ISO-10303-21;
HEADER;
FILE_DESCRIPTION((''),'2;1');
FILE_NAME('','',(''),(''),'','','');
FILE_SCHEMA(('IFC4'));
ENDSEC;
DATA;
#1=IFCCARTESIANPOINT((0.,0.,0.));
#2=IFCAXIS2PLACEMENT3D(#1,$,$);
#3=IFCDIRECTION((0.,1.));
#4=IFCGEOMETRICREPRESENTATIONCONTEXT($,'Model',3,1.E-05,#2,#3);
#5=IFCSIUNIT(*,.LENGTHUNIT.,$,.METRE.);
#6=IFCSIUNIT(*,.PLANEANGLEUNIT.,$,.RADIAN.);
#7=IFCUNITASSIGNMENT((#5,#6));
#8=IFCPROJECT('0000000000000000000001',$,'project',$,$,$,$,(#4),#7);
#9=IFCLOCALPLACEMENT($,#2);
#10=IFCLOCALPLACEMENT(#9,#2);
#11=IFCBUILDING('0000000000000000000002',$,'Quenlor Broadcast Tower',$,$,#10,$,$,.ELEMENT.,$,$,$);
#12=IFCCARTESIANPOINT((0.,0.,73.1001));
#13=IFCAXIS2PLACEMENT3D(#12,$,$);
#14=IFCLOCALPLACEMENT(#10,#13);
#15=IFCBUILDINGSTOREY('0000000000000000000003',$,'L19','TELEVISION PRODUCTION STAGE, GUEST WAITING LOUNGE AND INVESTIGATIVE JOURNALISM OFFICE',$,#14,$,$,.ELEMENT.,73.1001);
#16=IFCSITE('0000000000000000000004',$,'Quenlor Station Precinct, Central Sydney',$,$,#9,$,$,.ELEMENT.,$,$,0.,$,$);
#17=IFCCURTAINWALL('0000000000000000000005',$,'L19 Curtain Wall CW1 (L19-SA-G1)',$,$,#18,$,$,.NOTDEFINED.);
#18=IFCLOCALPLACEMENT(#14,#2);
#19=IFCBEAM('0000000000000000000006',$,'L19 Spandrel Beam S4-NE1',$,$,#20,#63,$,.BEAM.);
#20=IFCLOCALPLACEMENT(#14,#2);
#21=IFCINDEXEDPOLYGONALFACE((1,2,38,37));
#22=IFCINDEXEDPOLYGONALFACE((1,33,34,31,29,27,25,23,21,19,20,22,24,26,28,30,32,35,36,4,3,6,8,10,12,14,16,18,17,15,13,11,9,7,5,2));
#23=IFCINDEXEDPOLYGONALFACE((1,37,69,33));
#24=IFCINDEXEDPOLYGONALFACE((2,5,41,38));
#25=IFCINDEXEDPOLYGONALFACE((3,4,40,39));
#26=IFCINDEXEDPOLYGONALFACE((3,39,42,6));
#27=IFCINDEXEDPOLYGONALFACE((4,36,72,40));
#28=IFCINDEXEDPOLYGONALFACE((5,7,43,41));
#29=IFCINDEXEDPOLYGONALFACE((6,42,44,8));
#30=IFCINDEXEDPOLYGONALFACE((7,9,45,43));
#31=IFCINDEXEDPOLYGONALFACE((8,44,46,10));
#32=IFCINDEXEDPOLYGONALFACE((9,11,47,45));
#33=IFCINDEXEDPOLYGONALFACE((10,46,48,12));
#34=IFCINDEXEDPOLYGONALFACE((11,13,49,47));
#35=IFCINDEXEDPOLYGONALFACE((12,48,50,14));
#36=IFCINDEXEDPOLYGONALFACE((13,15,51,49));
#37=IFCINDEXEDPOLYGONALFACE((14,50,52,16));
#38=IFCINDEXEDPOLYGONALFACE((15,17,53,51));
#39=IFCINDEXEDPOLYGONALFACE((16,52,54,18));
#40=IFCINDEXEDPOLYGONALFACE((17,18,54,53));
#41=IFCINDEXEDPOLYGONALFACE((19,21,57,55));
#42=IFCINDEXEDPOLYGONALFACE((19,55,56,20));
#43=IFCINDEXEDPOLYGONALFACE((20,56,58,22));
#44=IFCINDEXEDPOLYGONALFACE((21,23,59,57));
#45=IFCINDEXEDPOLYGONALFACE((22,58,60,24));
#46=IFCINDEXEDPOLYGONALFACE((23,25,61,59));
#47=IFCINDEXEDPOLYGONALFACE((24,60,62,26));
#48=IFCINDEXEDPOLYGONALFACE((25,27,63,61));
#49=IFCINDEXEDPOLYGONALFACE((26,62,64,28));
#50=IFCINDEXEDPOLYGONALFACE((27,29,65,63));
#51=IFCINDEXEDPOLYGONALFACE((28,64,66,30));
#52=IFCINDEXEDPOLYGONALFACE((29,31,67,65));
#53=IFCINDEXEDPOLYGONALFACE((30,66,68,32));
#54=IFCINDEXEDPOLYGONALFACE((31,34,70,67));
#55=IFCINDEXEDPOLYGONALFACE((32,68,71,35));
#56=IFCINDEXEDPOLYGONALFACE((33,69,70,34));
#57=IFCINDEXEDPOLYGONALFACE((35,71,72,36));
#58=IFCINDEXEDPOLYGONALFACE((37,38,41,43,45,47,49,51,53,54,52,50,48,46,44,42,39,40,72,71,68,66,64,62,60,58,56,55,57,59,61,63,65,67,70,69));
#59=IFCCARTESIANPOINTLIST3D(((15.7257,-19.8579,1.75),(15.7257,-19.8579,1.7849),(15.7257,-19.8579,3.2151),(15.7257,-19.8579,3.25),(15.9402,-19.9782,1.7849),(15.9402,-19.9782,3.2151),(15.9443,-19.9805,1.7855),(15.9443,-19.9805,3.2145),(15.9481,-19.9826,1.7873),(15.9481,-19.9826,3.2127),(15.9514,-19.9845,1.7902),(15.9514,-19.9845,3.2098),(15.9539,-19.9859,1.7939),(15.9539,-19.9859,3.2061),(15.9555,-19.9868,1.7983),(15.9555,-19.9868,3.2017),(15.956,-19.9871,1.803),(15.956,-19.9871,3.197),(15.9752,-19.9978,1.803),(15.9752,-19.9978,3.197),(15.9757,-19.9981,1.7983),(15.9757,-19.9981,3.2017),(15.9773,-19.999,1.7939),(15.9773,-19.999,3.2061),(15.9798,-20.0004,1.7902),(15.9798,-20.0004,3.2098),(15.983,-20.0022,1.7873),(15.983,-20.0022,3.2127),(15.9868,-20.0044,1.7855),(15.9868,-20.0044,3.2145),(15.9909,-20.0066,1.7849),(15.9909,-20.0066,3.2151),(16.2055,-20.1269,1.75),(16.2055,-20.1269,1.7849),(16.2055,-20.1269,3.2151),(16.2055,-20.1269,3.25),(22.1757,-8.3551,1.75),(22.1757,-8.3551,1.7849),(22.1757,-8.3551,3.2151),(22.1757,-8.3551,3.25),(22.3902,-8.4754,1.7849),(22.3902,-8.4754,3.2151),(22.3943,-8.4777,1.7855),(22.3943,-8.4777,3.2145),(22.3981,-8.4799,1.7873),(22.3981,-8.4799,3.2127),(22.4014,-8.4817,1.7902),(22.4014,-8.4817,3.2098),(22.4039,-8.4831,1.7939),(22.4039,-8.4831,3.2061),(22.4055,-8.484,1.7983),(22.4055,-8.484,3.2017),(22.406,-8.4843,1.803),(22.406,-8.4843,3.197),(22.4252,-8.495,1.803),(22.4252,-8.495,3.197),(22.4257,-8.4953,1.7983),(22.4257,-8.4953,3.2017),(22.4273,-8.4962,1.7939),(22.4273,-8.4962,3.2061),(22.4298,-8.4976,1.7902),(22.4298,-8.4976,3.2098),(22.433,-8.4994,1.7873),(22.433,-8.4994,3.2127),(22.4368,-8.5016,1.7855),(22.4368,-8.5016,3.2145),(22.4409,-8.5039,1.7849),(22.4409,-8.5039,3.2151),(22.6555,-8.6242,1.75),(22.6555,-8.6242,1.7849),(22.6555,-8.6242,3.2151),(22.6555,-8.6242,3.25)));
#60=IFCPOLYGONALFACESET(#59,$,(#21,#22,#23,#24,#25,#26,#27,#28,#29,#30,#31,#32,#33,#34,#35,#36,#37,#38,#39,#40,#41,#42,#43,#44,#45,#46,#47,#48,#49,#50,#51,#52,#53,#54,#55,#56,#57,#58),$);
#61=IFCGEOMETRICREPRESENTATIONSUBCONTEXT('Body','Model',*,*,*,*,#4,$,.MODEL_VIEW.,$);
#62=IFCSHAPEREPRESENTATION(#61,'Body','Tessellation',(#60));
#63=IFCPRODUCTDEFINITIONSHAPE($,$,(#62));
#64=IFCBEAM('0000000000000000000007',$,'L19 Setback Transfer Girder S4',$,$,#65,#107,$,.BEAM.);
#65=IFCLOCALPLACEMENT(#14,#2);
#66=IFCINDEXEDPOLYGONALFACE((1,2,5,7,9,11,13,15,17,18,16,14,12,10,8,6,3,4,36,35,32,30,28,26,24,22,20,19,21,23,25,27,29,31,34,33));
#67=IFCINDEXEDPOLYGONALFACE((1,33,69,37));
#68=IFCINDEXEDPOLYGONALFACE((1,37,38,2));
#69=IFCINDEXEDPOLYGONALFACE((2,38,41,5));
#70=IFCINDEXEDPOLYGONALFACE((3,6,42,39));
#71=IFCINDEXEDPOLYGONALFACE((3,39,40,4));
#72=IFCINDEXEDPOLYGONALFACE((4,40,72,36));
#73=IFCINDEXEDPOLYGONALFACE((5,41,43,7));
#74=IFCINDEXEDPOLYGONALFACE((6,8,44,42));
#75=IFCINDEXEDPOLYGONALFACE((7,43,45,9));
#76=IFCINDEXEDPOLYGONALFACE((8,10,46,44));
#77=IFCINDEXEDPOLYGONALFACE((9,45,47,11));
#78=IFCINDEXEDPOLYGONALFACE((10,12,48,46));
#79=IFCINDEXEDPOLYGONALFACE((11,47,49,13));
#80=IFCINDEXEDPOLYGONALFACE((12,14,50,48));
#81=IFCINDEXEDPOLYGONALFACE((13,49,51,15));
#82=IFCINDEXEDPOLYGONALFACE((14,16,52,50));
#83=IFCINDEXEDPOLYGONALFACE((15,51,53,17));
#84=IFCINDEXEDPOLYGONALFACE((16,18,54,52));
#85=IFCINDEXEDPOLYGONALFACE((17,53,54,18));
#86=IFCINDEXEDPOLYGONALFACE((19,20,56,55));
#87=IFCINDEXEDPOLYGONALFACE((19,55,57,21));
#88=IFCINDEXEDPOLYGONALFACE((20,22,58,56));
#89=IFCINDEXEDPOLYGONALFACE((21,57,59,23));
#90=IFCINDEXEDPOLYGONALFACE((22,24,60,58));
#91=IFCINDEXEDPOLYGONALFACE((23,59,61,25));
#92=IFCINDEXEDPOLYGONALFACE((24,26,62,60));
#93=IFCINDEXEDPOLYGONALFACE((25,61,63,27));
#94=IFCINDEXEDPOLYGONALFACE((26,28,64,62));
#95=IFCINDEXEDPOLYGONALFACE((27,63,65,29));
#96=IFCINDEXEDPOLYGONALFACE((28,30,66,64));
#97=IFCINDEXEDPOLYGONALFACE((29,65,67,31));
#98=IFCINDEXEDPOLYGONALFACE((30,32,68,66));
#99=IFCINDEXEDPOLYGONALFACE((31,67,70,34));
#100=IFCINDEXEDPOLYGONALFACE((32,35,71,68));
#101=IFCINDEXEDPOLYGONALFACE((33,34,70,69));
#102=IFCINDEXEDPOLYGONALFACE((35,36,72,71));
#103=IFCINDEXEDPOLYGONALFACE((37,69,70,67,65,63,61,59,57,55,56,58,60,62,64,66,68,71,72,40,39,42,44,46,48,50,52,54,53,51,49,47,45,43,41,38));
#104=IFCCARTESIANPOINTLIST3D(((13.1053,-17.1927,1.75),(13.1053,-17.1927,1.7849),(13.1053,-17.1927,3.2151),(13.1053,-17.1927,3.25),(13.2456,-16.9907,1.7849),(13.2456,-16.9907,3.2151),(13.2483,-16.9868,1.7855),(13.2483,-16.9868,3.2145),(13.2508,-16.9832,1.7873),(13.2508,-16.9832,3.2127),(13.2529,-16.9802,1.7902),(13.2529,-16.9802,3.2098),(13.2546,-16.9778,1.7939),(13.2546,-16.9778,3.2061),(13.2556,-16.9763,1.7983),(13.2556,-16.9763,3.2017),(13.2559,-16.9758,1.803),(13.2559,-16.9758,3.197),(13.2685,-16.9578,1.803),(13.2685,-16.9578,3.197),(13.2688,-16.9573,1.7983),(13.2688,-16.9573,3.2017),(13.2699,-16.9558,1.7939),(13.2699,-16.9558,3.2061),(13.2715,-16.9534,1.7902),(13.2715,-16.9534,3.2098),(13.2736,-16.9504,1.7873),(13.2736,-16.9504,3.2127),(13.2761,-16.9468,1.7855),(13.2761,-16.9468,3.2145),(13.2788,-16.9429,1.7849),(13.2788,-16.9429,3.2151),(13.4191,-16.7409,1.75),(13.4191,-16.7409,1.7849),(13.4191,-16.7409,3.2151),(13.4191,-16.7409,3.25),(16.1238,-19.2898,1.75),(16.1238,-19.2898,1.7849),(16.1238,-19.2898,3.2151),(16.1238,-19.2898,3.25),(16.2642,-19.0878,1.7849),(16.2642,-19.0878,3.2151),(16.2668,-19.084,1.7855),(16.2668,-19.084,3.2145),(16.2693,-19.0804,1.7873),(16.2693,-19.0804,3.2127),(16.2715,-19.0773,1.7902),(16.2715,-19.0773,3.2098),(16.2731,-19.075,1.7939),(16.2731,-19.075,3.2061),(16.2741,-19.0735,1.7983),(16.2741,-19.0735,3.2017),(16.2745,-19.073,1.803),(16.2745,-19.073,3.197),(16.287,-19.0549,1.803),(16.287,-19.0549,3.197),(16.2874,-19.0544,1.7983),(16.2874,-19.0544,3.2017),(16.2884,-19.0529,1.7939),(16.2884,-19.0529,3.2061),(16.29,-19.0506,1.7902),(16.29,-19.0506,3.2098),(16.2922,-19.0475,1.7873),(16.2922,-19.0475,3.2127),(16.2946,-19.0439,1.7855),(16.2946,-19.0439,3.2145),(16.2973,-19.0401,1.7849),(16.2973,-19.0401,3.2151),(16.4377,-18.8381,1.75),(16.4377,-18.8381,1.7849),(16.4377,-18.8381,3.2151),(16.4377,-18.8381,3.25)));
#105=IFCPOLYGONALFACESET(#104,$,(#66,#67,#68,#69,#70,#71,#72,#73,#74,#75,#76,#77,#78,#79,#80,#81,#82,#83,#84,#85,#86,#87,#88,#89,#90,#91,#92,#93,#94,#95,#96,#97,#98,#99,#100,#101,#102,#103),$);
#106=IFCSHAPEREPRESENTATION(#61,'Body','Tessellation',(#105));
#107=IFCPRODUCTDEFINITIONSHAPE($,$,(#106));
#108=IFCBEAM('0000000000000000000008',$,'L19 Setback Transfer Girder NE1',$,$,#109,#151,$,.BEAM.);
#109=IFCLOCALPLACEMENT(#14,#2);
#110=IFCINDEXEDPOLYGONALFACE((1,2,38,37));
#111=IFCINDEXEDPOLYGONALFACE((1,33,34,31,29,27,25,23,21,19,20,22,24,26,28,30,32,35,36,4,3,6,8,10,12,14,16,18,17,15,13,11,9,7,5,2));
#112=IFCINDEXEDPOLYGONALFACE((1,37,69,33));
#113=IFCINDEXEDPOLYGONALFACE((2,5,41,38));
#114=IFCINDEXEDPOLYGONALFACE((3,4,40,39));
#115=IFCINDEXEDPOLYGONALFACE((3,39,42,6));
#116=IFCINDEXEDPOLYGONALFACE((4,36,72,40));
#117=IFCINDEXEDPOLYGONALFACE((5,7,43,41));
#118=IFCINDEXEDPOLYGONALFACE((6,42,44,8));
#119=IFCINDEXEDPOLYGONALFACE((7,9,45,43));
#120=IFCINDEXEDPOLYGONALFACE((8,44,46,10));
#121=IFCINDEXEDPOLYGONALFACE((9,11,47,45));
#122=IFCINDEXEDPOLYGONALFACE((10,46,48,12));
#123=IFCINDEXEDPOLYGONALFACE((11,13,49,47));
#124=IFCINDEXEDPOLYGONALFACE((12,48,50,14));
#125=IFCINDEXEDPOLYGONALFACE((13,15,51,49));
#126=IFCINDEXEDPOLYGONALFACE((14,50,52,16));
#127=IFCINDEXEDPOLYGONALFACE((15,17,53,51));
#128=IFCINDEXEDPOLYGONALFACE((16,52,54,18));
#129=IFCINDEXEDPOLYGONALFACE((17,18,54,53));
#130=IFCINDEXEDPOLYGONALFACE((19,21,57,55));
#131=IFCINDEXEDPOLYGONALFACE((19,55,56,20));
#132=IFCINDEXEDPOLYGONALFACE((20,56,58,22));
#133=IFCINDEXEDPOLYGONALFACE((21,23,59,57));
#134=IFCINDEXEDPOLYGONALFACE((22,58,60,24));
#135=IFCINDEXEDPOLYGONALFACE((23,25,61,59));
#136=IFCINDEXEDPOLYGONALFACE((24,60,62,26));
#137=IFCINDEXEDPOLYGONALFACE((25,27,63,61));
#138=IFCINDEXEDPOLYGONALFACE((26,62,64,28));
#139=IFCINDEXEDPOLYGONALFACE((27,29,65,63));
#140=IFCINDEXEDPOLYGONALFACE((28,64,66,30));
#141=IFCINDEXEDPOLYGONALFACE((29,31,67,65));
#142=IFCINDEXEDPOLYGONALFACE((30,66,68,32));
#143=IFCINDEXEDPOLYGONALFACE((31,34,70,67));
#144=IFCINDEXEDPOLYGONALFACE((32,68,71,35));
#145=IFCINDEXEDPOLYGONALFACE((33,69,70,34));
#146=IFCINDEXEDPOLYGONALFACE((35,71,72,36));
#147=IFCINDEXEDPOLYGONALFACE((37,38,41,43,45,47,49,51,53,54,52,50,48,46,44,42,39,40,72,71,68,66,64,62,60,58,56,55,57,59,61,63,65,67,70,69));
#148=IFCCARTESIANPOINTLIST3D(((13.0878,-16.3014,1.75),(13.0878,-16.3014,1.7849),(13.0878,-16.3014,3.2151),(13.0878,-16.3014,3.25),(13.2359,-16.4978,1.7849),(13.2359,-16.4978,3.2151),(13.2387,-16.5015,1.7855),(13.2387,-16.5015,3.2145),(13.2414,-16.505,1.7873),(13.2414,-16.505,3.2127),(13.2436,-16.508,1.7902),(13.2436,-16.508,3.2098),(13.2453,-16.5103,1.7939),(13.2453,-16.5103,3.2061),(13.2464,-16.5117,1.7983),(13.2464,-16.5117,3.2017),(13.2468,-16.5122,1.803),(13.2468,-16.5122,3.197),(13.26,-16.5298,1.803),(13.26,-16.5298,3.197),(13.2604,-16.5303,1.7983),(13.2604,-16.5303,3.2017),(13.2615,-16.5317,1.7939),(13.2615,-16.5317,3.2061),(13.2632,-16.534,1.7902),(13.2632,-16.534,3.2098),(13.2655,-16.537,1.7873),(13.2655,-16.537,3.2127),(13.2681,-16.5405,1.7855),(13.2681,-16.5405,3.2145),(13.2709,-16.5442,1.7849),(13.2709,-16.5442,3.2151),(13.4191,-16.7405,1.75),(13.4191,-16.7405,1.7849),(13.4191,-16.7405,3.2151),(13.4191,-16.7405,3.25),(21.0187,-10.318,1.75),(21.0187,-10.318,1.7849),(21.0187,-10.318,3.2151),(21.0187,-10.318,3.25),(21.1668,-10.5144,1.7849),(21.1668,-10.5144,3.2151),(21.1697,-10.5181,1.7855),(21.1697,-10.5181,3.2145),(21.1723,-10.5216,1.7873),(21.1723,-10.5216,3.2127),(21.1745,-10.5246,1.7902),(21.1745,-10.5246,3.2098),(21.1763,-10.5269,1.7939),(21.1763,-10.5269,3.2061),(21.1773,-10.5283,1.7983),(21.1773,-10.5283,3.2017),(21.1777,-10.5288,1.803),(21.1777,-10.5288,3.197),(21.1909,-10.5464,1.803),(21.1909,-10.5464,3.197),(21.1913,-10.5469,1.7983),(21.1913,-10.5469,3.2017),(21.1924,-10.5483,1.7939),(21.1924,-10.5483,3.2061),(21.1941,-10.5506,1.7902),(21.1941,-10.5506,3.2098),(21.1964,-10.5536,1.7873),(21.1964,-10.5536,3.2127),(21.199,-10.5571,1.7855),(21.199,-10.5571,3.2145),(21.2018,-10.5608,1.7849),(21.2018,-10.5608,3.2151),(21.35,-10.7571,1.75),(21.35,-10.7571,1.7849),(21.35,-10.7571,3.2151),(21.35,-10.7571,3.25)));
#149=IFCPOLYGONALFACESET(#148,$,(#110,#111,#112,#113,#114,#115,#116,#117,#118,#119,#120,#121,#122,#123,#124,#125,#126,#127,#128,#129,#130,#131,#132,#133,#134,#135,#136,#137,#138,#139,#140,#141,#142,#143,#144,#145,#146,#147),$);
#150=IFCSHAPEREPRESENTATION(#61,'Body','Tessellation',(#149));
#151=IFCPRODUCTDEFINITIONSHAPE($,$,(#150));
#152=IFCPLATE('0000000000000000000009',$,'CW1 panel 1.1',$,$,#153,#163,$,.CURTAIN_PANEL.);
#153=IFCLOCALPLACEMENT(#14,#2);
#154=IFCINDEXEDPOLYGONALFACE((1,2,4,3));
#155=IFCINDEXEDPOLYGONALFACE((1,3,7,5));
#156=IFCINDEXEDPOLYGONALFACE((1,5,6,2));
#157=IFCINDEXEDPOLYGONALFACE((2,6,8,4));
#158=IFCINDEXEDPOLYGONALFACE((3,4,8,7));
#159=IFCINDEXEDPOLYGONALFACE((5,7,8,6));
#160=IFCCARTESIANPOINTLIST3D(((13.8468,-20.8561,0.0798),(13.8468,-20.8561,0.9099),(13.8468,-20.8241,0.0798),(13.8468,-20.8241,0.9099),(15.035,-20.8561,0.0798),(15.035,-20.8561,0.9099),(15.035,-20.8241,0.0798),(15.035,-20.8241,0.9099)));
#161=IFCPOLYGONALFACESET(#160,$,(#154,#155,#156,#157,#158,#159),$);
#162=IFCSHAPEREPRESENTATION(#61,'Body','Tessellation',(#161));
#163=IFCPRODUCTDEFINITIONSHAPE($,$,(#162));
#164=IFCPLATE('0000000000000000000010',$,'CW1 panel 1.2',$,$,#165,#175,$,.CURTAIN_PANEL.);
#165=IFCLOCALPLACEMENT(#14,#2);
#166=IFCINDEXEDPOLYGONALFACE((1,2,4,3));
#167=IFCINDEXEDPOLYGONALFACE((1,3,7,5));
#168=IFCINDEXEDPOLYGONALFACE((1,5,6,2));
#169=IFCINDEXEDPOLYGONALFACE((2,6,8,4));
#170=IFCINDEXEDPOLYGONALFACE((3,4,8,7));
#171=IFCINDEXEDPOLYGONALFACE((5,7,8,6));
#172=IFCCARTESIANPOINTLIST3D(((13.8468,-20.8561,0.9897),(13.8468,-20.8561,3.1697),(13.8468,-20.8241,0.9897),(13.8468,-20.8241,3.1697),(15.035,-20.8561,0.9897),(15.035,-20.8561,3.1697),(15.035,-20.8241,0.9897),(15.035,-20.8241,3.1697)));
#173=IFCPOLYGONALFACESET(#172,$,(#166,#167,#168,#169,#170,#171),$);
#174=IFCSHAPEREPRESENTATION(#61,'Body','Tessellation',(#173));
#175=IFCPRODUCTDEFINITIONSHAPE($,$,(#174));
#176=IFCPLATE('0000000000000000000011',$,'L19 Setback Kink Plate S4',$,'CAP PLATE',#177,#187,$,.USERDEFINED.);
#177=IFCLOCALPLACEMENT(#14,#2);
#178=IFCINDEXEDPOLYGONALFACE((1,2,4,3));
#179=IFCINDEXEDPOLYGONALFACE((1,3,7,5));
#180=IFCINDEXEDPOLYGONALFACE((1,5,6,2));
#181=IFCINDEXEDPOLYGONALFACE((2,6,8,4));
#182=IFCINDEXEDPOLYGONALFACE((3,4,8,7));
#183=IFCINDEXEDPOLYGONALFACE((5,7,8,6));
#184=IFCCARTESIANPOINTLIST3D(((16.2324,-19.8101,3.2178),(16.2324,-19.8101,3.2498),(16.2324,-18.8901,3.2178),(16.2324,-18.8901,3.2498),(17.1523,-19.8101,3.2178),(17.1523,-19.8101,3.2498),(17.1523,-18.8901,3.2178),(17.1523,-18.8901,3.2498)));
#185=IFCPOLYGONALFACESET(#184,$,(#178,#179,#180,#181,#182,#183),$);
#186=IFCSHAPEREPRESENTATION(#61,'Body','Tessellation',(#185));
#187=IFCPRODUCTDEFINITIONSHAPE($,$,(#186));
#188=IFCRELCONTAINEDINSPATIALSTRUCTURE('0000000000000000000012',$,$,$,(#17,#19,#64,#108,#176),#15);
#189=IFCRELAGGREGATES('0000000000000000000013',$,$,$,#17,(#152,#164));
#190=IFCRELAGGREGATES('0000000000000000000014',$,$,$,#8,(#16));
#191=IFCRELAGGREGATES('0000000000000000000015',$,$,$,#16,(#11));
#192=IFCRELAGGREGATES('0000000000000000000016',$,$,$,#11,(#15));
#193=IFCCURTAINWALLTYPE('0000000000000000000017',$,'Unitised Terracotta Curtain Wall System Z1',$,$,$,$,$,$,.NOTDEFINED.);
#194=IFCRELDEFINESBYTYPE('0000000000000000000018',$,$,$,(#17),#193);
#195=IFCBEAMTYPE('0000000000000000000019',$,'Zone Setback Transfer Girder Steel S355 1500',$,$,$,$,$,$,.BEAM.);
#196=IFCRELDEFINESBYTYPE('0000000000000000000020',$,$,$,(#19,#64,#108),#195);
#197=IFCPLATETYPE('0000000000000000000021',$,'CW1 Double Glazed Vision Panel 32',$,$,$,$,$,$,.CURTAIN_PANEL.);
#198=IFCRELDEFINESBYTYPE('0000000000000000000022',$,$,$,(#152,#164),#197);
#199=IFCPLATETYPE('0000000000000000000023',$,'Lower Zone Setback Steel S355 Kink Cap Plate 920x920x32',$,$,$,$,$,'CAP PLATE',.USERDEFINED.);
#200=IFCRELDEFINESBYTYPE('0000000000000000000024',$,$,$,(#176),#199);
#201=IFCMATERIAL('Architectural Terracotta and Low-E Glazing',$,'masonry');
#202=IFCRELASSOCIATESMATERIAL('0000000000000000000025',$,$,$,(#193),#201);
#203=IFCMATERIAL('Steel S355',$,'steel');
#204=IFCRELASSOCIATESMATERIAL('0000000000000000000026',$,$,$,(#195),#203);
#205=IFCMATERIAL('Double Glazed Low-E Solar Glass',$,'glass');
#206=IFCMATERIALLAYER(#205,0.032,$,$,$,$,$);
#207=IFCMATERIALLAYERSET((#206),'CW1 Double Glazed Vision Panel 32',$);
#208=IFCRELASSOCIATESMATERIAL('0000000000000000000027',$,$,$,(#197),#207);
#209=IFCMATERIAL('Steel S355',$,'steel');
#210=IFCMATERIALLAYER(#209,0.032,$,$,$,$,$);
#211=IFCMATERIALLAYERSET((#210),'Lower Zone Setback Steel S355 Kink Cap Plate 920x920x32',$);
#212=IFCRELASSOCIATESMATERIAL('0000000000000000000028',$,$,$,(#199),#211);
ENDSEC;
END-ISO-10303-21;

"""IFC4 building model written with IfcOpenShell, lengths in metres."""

from ifc_helpers import new_model, si_unit, direction, frame, origin, origin_2d, place, context, subcontext, project, spatial, rectangle, i_section, extrude, material, layer, layer_set, material_profile, profile_set, type_object, element, aggregate, save


model = new_model("IFC4")

# Units and contexts
model_context = context("Model", 3, precision=1e-05, world=origin(), true_north=direction((0.0, 1.0)))
body_context = subcontext(model_context, "Body", "Model", "MODEL_VIEW")
ifc_project = project(units=[si_unit("LENGTHUNIT", "METRE"), si_unit("PLANEANGLEUNIT", "RADIAN")], contexts=[model_context])

# Site, building, storey
site_placement = place(None, origin())
site = spatial("IfcSite", under=ifc_project, at=site_placement, Name="Quenlor Station Precinct, Central Sydney", CompositionType="ELEMENT", RefElevation=0.0)
building_placement = place(site_placement, origin())
building = spatial("IfcBuilding", under=site, at=building_placement, Name="Quenlor Broadcast Tower", CompositionType="ELEMENT")
storey_placement = place(building_placement, frame((0.0, 0.0, 73.1001)))
storey = spatial("IfcBuildingStorey", under=building, at=storey_placement, Name="L19", Description="TELEVISION PRODUCTION STAGE, GUEST WAITING LOUNGE AND INVESTIGATIVE JOURNALISM OFFICE", CompositionType="ELEMENT", Elevation=73.1001)

# Curtain wall
ifc_material_1 = material(Name="Architectural Terracotta and Low-E Glazing", Category="masonry")
curtain_wall_type = type_object("IfcCurtainWallType", Name="Unitised Terracotta Curtain Wall System Z1", PredefinedType="NOTDEFINED", material=ifc_material_1)
curtain_wall_1_placement = place(storey_placement, origin())
curtain_wall_1 = element("IfcCurtainWall", 1, at=curtain_wall_1_placement, inside=storey, type_object=curtain_wall_type, Name="L19 Curtain Wall CW1 (L19-SA-G1)", PredefinedType="NOTDEFINED")

# Beams
ifc_material_2 = material(Name="Steel S355", Category="steel")
ifc_material_profile_1 = material_profile(ifc_material_2, i_section(OverallWidth=0.55, OverallDepth=1.5, WebThickness=0.022, FlangeThickness=0.0349, FilletRadius=0.0181, at=origin_2d()))
ifc_profile_set_1 = profile_set([ifc_material_profile_1], Name="Steel S355 1500TG510")
beam_type_1 = type_object("IfcBeamType", Name="Zone Setback Transfer Girder Steel S355 1500", PredefinedType="BEAM", material=ifc_profile_set_1)
beam_1_placement = place(storey_placement, frame((15.9656, -19.9924, 2.5), z_axis=(0.489091, 0.872233, 0.0), x_axis=(-0.872233, 0.489091, 0.0)))
element("IfcBeam", 2, at=beam_1_placement, inside=storey, type_object=beam_type_1, Name="L19 Spandrel Beam S4-NE1", PredefinedType="BEAM", context=body_context, shape_type="SweptSolid", body=[
    extrude(i_section(OverallWidth=0.55, OverallDepth=1.5, WebThickness=0.022, FlangeThickness=0.0349, FilletRadius=0.0181, at=origin_2d()), origin(), (0.0, 0.0, 1.0), 13.1877),
])
beam_2_placement = place(storey_placement, frame((13.2622, -16.9668, 2.5), z_axis=(0.821249, -0.57057, 0.0), x_axis=(0.57057, 0.821249, 0.0)))
element("IfcBeam", 3, at=beam_2_placement, inside=storey, type_object=beam_type_1, Name="L19 Setback Transfer Girder S4", PredefinedType="BEAM", context=body_context, shape_type="SweptSolid", body=[
    extrude(i_section(OverallWidth=0.55, OverallDepth=1.5, WebThickness=0.022, FlangeThickness=0.0349, FilletRadius=0.0181, at=origin_2d()), origin(), (0.0, 0.0, 1.0), 3.6755),
])
beam_3_placement = place(storey_placement, frame((13.2534, -16.521, 2.5), z_axis=(0.798295, 0.602266, 0.0), x_axis=(-0.602266, 0.798295, 0.0)))
element("IfcBeam", 4, at=beam_3_placement, inside=storey, type_object=beam_type_1, Name="L19 Setback Transfer Girder NE1", PredefinedType="BEAM", context=body_context, shape_type="SweptSolid", body=[
    extrude(i_section(OverallWidth=0.55, OverallDepth=1.5, WebThickness=0.022, FlangeThickness=0.0349, FilletRadius=0.0181, at=origin_2d()), origin(), (0.0, 0.0, 1.0), 9.9348),
])

# Plates
ifc_material_3 = material(Name="Double Glazed Low-E Solar Glass", Category="glass")
ifc_layer_1 = layer(ifc_material_3, 0.032)
ifc_layer_set_1 = layer_set([ifc_layer_1], Name="CW1 Double Glazed Vision Panel 32")
plate_type_1 = type_object("IfcPlateType", Name="CW1 Double Glazed Vision Panel 32", PredefinedType="CURTAIN_PANEL", material=ifc_layer_set_1)
plate_1_placement = place(storey_placement, frame((14.4409, -20.8401, 0.0798), z_axis=(0.0, 0.0, 1.0), x_axis=(-1.0, 0.0, 0.0)))
plate_1 = element("IfcPlate", 5, at=plate_1_placement, type_object=plate_type_1, Name="CW1 panel 1.1", PredefinedType="CURTAIN_PANEL", context=body_context, shape_type="SweptSolid", body=[
    extrude(rectangle(XDim=1.1882, YDim=0.032, at=origin_2d()), origin(), (0.0, 0.0, 1.0), 0.8301),
])
plate_2_placement = place(storey_placement, frame((14.4409, -20.8401, 0.9897), z_axis=(0.0, 0.0, 1.0), x_axis=(-1.0, 0.0, 0.0)))
plate_2 = element("IfcPlate", 6, at=plate_2_placement, type_object=plate_type_1, Name="CW1 panel 1.2", PredefinedType="CURTAIN_PANEL", context=body_context, shape_type="SweptSolid", body=[
    extrude(rectangle(XDim=1.1882, YDim=0.032, at=origin_2d()), origin(), (0.0, 0.0, 1.0), 2.1799),
])
aggregate(curtain_wall_1, [plate_1, plate_2])

# Plate
ifc_material_4 = material(Name="Steel S355", Category="steel")
ifc_layer_2 = layer(ifc_material_4, 0.032)
ifc_layer_set_2 = layer_set([ifc_layer_2], Name="Lower Zone Setback Steel S355 Kink Cap Plate 920x920x32")
plate_type_2 = type_object("IfcPlateType", Name="Lower Zone Setback Steel S355 Kink Cap Plate 920x920x32", ElementType="CAP PLATE", PredefinedType="USERDEFINED", material=ifc_layer_set_2)
plate_3_placement = place(storey_placement, frame((16.6924, -19.3501, 3.2178), z_axis=(0.0, 0.0, 1.0), x_axis=(0.0, 1.0, 0.0)))
element("IfcPlate", 7, at=plate_3_placement, inside=storey, type_object=plate_type_2, Name="L19 Setback Kink Plate S4", ObjectType="CAP PLATE", PredefinedType="USERDEFINED", context=body_context, shape_type="SweptSolid", body=[
    extrude(rectangle(XDim=0.9199, YDim=0.9199, at=origin_2d()), origin(), (0.0, 0.0, 1.0), 0.032),
])

save(model, "model.ifc")
